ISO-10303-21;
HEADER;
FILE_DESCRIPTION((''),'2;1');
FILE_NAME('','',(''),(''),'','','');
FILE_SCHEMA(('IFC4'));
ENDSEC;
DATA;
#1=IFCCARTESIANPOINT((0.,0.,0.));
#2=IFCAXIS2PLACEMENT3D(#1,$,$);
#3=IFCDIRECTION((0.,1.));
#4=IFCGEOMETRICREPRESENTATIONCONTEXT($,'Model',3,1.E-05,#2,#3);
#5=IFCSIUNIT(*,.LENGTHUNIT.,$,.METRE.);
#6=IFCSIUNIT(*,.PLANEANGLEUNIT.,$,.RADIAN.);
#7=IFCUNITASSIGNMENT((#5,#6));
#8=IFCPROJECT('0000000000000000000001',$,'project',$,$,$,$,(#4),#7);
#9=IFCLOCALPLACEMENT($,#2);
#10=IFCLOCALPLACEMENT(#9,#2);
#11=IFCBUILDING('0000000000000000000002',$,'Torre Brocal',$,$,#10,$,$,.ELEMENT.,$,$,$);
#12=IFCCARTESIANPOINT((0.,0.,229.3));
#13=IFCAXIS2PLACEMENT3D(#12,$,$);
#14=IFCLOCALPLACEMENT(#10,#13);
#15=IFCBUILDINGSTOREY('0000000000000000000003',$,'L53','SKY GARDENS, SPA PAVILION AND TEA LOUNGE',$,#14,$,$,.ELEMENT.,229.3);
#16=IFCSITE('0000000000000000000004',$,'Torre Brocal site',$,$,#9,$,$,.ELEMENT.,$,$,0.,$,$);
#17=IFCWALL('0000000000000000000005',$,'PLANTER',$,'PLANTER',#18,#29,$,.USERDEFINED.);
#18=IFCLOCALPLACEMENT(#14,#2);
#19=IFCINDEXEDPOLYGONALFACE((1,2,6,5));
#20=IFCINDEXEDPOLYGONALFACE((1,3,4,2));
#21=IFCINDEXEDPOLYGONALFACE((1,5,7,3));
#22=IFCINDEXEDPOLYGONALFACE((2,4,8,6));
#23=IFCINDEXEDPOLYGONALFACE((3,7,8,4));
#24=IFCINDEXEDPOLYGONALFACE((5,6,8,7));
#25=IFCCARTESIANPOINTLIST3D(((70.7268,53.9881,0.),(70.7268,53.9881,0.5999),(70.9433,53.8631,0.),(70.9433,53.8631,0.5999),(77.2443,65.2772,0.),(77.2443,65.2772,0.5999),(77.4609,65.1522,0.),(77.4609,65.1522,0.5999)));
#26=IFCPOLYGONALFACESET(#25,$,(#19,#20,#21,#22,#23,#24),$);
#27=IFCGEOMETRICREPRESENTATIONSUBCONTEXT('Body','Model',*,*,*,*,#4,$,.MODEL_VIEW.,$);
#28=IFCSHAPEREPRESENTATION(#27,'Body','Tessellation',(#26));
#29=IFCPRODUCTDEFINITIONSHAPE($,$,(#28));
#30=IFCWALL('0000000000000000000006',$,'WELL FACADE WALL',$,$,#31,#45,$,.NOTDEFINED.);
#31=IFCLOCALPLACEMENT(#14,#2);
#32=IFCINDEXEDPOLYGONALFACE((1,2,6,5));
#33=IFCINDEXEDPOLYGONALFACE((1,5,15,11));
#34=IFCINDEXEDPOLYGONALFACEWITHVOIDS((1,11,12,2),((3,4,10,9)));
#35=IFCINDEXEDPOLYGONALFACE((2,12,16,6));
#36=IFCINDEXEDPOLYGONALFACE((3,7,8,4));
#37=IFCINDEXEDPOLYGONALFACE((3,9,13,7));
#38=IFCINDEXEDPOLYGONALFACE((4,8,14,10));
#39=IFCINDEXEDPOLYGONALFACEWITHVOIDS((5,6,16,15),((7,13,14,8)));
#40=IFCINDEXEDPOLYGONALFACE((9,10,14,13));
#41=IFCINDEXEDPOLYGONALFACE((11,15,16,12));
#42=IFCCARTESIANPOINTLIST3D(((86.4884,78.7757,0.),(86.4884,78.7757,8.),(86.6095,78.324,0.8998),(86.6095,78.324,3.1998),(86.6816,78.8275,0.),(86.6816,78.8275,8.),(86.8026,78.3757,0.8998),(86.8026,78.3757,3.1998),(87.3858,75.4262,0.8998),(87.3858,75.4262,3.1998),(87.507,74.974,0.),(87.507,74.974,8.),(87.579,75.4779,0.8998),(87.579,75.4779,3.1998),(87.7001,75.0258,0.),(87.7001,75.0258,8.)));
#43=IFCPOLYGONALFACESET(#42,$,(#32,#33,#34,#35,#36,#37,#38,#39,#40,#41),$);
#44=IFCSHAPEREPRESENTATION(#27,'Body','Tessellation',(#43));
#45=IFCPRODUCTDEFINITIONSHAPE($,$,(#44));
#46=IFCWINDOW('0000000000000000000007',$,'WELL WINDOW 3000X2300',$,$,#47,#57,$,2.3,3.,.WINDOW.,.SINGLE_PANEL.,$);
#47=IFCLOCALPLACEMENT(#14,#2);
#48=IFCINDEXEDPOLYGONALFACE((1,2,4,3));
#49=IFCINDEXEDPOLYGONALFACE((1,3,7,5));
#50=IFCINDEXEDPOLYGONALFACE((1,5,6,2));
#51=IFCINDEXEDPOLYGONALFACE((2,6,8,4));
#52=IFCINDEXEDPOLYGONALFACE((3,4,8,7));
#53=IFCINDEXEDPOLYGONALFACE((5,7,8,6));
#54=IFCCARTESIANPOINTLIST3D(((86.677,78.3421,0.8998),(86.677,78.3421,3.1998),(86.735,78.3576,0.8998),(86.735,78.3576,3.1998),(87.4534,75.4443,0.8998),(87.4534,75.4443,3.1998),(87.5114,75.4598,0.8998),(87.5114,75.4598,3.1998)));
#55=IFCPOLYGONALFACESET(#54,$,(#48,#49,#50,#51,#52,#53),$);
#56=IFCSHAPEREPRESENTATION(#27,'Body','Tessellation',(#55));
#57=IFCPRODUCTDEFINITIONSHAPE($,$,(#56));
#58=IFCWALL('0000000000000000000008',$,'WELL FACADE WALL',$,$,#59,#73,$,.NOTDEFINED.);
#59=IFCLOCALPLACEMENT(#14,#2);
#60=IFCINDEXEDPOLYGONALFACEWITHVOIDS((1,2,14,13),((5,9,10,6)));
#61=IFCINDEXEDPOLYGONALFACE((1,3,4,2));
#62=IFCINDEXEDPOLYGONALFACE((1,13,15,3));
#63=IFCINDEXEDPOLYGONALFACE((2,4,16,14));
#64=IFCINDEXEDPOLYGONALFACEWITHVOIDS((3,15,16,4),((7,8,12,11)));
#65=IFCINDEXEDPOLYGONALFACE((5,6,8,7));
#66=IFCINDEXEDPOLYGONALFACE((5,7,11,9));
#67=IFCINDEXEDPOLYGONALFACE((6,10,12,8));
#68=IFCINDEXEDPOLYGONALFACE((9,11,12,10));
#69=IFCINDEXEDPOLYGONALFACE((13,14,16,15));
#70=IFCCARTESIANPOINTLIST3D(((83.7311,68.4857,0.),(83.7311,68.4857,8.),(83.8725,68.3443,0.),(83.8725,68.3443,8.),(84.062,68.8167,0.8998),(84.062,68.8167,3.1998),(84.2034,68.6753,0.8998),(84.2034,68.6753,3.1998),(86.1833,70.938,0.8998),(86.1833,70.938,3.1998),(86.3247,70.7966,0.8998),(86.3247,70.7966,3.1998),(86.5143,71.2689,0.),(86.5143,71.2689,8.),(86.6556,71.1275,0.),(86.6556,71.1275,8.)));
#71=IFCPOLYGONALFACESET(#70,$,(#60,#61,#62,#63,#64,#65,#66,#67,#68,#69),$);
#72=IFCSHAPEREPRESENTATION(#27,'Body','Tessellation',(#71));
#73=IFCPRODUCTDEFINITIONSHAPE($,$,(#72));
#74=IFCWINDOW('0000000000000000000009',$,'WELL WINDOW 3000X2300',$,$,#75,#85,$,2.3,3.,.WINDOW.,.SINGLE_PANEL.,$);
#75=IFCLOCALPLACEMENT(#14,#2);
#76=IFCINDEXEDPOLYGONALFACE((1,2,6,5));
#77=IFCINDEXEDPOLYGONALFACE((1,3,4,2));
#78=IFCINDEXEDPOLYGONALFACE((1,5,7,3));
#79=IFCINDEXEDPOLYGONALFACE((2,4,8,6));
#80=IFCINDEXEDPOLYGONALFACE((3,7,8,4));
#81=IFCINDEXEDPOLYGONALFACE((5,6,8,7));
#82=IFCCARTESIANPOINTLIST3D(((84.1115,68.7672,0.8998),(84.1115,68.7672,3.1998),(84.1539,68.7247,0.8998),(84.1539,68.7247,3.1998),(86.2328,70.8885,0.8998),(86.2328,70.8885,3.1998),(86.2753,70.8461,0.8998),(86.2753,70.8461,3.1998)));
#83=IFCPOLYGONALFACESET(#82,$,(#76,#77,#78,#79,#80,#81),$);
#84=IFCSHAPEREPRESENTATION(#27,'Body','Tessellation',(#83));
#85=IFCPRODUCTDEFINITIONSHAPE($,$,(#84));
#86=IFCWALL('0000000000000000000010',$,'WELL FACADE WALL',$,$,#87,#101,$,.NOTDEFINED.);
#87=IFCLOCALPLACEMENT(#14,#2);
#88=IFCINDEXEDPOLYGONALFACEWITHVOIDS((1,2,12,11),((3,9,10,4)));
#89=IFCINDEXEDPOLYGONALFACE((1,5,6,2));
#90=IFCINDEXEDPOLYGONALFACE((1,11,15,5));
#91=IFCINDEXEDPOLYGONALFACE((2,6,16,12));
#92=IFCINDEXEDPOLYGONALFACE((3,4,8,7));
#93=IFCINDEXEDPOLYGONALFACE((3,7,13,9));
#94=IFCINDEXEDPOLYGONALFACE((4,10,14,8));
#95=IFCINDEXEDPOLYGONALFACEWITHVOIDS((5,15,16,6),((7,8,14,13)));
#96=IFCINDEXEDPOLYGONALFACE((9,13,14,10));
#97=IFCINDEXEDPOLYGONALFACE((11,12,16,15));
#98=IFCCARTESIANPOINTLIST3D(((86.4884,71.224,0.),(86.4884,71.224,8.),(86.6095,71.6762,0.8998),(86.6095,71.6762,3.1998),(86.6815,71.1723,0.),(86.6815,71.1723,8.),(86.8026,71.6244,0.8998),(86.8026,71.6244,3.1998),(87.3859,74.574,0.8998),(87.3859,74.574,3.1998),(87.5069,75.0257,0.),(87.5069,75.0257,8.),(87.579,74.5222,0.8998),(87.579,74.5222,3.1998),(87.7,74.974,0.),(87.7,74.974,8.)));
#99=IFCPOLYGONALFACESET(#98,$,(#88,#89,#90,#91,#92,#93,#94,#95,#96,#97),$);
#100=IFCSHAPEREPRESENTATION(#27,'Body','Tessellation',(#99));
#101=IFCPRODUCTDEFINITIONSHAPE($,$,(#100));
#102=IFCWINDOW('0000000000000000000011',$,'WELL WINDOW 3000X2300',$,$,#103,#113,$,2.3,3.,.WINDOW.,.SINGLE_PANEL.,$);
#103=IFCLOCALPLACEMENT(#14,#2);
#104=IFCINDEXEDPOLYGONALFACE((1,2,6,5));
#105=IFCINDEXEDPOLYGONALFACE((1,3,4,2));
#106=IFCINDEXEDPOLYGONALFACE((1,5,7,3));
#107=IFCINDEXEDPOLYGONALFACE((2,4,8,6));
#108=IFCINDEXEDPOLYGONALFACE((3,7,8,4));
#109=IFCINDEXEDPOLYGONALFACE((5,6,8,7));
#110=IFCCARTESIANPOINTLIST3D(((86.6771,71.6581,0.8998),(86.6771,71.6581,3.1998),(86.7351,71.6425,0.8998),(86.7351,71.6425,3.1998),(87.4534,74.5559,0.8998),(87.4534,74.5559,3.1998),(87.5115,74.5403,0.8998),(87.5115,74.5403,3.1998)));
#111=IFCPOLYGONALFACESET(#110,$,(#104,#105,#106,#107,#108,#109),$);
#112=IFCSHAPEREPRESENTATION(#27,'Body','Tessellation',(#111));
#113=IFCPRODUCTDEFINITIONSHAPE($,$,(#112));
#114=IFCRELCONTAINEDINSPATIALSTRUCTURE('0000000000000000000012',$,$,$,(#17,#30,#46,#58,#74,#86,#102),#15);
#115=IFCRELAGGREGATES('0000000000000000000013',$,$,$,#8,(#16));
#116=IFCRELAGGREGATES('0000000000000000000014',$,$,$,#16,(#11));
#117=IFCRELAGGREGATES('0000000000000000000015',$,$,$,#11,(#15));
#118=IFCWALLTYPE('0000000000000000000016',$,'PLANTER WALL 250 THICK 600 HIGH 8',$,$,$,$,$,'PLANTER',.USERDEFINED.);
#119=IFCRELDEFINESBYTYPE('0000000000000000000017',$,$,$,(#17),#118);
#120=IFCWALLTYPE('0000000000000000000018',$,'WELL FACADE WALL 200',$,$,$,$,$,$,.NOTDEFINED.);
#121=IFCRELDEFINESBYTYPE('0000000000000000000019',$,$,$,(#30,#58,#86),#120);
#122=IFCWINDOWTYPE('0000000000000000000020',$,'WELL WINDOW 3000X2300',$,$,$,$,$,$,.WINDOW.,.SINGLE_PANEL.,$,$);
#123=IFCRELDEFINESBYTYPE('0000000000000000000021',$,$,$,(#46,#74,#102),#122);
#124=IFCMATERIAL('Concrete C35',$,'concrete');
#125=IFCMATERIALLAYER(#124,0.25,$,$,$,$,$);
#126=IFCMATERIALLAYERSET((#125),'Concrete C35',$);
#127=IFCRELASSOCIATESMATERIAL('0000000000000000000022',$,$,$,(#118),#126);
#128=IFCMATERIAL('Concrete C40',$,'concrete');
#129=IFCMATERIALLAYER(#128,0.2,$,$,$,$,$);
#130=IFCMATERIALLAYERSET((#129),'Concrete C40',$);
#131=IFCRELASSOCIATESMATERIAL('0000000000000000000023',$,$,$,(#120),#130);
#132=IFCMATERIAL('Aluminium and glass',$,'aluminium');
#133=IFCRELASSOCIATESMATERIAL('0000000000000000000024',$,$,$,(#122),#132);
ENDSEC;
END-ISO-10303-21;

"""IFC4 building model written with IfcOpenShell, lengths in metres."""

from ifc_helpers import new_model, si_unit, direction, frame, frame_2d, origin, place, context, subcontext, project, spatial, rectangle, extrude, material, layer, layer_set, type_object, element, fill, save


model = new_model("IFC4")

# Units and contexts
model_context = context("Model", 3, precision=1e-05, world=origin(), true_north=direction((0.0, 1.0)))
body_context = subcontext(model_context, "Body", "Model", "MODEL_VIEW")
ifc_project = project(units=[si_unit("LENGTHUNIT", "METRE"), si_unit("PLANEANGLEUNIT", "RADIAN")], contexts=[model_context])

# Site, building, storey
site_placement = place(None, origin())
site = spatial("IfcSite", under=ifc_project, at=site_placement, Name="Torre Brocal site", CompositionType="ELEMENT", RefElevation=0.0)
building_placement = place(site_placement, origin())
building = spatial("IfcBuilding", under=site, at=building_placement, Name="Torre Brocal", CompositionType="ELEMENT")
storey_placement = place(building_placement, frame((0.0, 0.0, 229.3)))
storey = spatial("IfcBuildingStorey", under=building, at=storey_placement, Name="L53", Description="SKY GARDENS, SPA PAVILION AND TEA LOUNGE", CompositionType="ELEMENT", Elevation=229.3)

# Wall
ifc_material_1 = material(Name="Concrete C35", Category="concrete")
ifc_layer_1 = layer(ifc_material_1, 0.25)
ifc_layer_set_1 = layer_set([ifc_layer_1], Name="Concrete C35")
wall_type_1 = type_object("IfcWallType", Name="PLANTER WALL 250 THICK 600 HIGH 8", ElementType="PLANTER", PredefinedType="USERDEFINED", material=ifc_layer_set_1)
wall_1_placement = place(storey_placement, frame((77.3525, 65.2146, 0.0), z_axis=(0.0, 0.0, 1.0), x_axis=(-0.49999, -0.866031, 0.0)))
element("IfcWall", 1, at=wall_1_placement, inside=storey, type_object=wall_type_1, Name="PLANTER", ObjectType="PLANTER", PredefinedType="USERDEFINED", context=body_context, shape_type="SweptSolid", body=[
    extrude(rectangle(XDim=13.0354, YDim=0.25, at=frame_2d((6.5176, 0.0))), origin(), (0.0, 0.0, 1.0), 0.5999),
])

# Walls, openings, windows
ifc_material_2 = material(Name="Concrete C40", Category="concrete")
ifc_layer_2 = layer(ifc_material_2, 0.2)
ifc_layer_set_2 = layer_set([ifc_layer_2], Name="Concrete C40")
wall_type_2 = type_object("IfcWallType", Name="WELL FACADE WALL 200", PredefinedType="NOTDEFINED", material=ifc_layer_set_2)
wall_2_placement = place(storey_placement, frame((87.6035, 75.0, 0.0), z_axis=(0.0, 0.0, 1.0), x_axis=(-0.25879, 0.965934, 0.0)))
wall_2 = element("IfcWall", 2, at=wall_2_placement, inside=storey, type_object=wall_type_2, Name="WELL FACADE WALL", PredefinedType="NOTDEFINED", context=body_context, shape_type="SweptSolid", body=[
    extrude(rectangle(XDim=3.9358, YDim=0.2, at=frame_2d((1.9678, 0.0))), origin(), (0.0, 0.0, 1.0), 8.0),
])
opening_1_placement = place(wall_2_placement, frame((0.468, 0.0, 0.8999)))
opening_1 = element("IfcOpeningElement", 3, at=opening_1_placement, cuts=wall_2, PredefinedType="OPENING", context=body_context, shape_type="SweptSolid", body=[
    extrude(rectangle(XDim=3.0, YDim=2.3, at=frame_2d((1.5, 1.1499))), frame((0.0, 0.1099, 0.0), z_axis=(0.0, -1.0, 0.0), x_axis=(1.0, 0.0, 0.0)), (0.0, 0.0, 1.0), 0.22),
])
ifc_material_3 = material(Name="Aluminium and glass", Category="aluminium")
window_type_1 = type_object("IfcWindowType", Name="WELL WINDOW 3000X2300", PartitioningType="SINGLE_PANEL", PredefinedType="WINDOW", material=ifc_material_3)
window_1_placement = place(opening_1_placement, origin())
window_1 = element("IfcWindow", 4, at=window_1_placement, inside=storey, type_object=window_type_1, Name="WELL WINDOW 3000X2300", OverallHeight=2.3, OverallWidth=3.0, PartitioningType="SINGLE_PANEL", PredefinedType="WINDOW", context=body_context, shape_type="SweptSolid", body=[
    extrude(rectangle(XDim=3.0, YDim=2.3, at=frame_2d((1.5, 1.1499))), frame((0.0, 0.03, 0.0), z_axis=(0.0, -1.0, 0.0), x_axis=(1.0, 0.0, 0.0)), (0.0, 0.0, 1.0), 0.0601),
])
fill(opening_1, window_1)
wall_3_placement = place(storey_placement, frame((83.8018, 68.415, 0.0), z_axis=(0.0, 0.0, 1.0), x_axis=(0.707107, 0.707107, 0.0)))
wall_3 = element("IfcWall", 5, at=wall_3_placement, inside=storey, type_object=wall_type_2, Name="WELL FACADE WALL", PredefinedType="NOTDEFINED", context=body_context, shape_type="SweptSolid", body=[
    extrude(rectangle(XDim=3.936, YDim=0.2, at=frame_2d((1.968, 0.0))), origin(), (0.0, 0.0, 1.0), 8.0),
])
opening_2_placement = place(wall_3_placement, frame((0.468, 0.0, 0.8999)))
opening_2 = element("IfcOpeningElement", 6, at=opening_2_placement, cuts=wall_3, PredefinedType="OPENING", context=body_context, shape_type="SweptSolid", body=[
    extrude(rectangle(XDim=3.0, YDim=2.3, at=frame_2d((1.5, 1.1499))), frame((0.0, 0.1099, 0.0), z_axis=(0.0, -1.0, 0.0), x_axis=(1.0, 0.0, 0.0)), (0.0, 0.0, 1.0), 0.22),
])
window_2_placement = place(opening_2_placement, origin())
window_2 = element("IfcWindow", 7, at=window_2_placement, inside=storey, type_object=window_type_1, Name="WELL WINDOW 3000X2300", OverallHeight=2.3, OverallWidth=3.0, PartitioningType="SINGLE_PANEL", PredefinedType="WINDOW", context=body_context, shape_type="SweptSolid", body=[
    extrude(rectangle(XDim=3.0, YDim=2.3, at=frame_2d((1.5, 1.1499))), frame((0.0, 0.03, 0.0), z_axis=(0.0, -1.0, 0.0), x_axis=(1.0, 0.0, 0.0)), (0.0, 0.0, 1.0), 0.0601),
])
fill(opening_2, window_2)
wall_4_placement = place(storey_placement, frame((86.585, 71.1982, 0.0), z_axis=(0.0, 0.0, 1.0), x_axis=(0.25879, 0.965934, 0.0)))
wall_4 = element("IfcWall", 8, at=wall_4_placement, inside=storey, type_object=wall_type_2, Name="WELL FACADE WALL", PredefinedType="NOTDEFINED", context=body_context, shape_type="SweptSolid", body=[
    extrude(rectangle(XDim=3.9358, YDim=0.2, at=frame_2d((1.9678, 0.0))), origin(), (0.0, 0.0, 1.0), 8.0),
])
opening_3_placement = place(wall_4_placement, frame((0.468, 0.0, 0.8999)))
opening_3 = element("IfcOpeningElement", 9, at=opening_3_placement, cuts=wall_4, PredefinedType="OPENING", context=body_context, shape_type="SweptSolid", body=[
    extrude(rectangle(XDim=3.0, YDim=2.3, at=frame_2d((1.5, 1.1499))), frame((0.0, 0.1099, 0.0), z_axis=(0.0, -1.0, 0.0), x_axis=(1.0, 0.0, 0.0)), (0.0, 0.0, 1.0), 0.22),
])
window_3_placement = place(opening_3_placement, origin())
window_3 = element("IfcWindow", 10, at=window_3_placement, inside=storey, type_object=window_type_1, Name="WELL WINDOW 3000X2300", OverallHeight=2.3, OverallWidth=3.0, PartitioningType="SINGLE_PANEL", PredefinedType="WINDOW", context=body_context, shape_type="SweptSolid", body=[
    extrude(rectangle(XDim=3.0, YDim=2.3, at=frame_2d((1.5, 1.1499))), frame((0.0, 0.03, 0.0), z_axis=(0.0, -1.0, 0.0), x_axis=(1.0, 0.0, 0.0)), (0.0, 0.0, 1.0), 0.0601),
])
fill(opening_3, window_3)

save(model, "model.ifc")
